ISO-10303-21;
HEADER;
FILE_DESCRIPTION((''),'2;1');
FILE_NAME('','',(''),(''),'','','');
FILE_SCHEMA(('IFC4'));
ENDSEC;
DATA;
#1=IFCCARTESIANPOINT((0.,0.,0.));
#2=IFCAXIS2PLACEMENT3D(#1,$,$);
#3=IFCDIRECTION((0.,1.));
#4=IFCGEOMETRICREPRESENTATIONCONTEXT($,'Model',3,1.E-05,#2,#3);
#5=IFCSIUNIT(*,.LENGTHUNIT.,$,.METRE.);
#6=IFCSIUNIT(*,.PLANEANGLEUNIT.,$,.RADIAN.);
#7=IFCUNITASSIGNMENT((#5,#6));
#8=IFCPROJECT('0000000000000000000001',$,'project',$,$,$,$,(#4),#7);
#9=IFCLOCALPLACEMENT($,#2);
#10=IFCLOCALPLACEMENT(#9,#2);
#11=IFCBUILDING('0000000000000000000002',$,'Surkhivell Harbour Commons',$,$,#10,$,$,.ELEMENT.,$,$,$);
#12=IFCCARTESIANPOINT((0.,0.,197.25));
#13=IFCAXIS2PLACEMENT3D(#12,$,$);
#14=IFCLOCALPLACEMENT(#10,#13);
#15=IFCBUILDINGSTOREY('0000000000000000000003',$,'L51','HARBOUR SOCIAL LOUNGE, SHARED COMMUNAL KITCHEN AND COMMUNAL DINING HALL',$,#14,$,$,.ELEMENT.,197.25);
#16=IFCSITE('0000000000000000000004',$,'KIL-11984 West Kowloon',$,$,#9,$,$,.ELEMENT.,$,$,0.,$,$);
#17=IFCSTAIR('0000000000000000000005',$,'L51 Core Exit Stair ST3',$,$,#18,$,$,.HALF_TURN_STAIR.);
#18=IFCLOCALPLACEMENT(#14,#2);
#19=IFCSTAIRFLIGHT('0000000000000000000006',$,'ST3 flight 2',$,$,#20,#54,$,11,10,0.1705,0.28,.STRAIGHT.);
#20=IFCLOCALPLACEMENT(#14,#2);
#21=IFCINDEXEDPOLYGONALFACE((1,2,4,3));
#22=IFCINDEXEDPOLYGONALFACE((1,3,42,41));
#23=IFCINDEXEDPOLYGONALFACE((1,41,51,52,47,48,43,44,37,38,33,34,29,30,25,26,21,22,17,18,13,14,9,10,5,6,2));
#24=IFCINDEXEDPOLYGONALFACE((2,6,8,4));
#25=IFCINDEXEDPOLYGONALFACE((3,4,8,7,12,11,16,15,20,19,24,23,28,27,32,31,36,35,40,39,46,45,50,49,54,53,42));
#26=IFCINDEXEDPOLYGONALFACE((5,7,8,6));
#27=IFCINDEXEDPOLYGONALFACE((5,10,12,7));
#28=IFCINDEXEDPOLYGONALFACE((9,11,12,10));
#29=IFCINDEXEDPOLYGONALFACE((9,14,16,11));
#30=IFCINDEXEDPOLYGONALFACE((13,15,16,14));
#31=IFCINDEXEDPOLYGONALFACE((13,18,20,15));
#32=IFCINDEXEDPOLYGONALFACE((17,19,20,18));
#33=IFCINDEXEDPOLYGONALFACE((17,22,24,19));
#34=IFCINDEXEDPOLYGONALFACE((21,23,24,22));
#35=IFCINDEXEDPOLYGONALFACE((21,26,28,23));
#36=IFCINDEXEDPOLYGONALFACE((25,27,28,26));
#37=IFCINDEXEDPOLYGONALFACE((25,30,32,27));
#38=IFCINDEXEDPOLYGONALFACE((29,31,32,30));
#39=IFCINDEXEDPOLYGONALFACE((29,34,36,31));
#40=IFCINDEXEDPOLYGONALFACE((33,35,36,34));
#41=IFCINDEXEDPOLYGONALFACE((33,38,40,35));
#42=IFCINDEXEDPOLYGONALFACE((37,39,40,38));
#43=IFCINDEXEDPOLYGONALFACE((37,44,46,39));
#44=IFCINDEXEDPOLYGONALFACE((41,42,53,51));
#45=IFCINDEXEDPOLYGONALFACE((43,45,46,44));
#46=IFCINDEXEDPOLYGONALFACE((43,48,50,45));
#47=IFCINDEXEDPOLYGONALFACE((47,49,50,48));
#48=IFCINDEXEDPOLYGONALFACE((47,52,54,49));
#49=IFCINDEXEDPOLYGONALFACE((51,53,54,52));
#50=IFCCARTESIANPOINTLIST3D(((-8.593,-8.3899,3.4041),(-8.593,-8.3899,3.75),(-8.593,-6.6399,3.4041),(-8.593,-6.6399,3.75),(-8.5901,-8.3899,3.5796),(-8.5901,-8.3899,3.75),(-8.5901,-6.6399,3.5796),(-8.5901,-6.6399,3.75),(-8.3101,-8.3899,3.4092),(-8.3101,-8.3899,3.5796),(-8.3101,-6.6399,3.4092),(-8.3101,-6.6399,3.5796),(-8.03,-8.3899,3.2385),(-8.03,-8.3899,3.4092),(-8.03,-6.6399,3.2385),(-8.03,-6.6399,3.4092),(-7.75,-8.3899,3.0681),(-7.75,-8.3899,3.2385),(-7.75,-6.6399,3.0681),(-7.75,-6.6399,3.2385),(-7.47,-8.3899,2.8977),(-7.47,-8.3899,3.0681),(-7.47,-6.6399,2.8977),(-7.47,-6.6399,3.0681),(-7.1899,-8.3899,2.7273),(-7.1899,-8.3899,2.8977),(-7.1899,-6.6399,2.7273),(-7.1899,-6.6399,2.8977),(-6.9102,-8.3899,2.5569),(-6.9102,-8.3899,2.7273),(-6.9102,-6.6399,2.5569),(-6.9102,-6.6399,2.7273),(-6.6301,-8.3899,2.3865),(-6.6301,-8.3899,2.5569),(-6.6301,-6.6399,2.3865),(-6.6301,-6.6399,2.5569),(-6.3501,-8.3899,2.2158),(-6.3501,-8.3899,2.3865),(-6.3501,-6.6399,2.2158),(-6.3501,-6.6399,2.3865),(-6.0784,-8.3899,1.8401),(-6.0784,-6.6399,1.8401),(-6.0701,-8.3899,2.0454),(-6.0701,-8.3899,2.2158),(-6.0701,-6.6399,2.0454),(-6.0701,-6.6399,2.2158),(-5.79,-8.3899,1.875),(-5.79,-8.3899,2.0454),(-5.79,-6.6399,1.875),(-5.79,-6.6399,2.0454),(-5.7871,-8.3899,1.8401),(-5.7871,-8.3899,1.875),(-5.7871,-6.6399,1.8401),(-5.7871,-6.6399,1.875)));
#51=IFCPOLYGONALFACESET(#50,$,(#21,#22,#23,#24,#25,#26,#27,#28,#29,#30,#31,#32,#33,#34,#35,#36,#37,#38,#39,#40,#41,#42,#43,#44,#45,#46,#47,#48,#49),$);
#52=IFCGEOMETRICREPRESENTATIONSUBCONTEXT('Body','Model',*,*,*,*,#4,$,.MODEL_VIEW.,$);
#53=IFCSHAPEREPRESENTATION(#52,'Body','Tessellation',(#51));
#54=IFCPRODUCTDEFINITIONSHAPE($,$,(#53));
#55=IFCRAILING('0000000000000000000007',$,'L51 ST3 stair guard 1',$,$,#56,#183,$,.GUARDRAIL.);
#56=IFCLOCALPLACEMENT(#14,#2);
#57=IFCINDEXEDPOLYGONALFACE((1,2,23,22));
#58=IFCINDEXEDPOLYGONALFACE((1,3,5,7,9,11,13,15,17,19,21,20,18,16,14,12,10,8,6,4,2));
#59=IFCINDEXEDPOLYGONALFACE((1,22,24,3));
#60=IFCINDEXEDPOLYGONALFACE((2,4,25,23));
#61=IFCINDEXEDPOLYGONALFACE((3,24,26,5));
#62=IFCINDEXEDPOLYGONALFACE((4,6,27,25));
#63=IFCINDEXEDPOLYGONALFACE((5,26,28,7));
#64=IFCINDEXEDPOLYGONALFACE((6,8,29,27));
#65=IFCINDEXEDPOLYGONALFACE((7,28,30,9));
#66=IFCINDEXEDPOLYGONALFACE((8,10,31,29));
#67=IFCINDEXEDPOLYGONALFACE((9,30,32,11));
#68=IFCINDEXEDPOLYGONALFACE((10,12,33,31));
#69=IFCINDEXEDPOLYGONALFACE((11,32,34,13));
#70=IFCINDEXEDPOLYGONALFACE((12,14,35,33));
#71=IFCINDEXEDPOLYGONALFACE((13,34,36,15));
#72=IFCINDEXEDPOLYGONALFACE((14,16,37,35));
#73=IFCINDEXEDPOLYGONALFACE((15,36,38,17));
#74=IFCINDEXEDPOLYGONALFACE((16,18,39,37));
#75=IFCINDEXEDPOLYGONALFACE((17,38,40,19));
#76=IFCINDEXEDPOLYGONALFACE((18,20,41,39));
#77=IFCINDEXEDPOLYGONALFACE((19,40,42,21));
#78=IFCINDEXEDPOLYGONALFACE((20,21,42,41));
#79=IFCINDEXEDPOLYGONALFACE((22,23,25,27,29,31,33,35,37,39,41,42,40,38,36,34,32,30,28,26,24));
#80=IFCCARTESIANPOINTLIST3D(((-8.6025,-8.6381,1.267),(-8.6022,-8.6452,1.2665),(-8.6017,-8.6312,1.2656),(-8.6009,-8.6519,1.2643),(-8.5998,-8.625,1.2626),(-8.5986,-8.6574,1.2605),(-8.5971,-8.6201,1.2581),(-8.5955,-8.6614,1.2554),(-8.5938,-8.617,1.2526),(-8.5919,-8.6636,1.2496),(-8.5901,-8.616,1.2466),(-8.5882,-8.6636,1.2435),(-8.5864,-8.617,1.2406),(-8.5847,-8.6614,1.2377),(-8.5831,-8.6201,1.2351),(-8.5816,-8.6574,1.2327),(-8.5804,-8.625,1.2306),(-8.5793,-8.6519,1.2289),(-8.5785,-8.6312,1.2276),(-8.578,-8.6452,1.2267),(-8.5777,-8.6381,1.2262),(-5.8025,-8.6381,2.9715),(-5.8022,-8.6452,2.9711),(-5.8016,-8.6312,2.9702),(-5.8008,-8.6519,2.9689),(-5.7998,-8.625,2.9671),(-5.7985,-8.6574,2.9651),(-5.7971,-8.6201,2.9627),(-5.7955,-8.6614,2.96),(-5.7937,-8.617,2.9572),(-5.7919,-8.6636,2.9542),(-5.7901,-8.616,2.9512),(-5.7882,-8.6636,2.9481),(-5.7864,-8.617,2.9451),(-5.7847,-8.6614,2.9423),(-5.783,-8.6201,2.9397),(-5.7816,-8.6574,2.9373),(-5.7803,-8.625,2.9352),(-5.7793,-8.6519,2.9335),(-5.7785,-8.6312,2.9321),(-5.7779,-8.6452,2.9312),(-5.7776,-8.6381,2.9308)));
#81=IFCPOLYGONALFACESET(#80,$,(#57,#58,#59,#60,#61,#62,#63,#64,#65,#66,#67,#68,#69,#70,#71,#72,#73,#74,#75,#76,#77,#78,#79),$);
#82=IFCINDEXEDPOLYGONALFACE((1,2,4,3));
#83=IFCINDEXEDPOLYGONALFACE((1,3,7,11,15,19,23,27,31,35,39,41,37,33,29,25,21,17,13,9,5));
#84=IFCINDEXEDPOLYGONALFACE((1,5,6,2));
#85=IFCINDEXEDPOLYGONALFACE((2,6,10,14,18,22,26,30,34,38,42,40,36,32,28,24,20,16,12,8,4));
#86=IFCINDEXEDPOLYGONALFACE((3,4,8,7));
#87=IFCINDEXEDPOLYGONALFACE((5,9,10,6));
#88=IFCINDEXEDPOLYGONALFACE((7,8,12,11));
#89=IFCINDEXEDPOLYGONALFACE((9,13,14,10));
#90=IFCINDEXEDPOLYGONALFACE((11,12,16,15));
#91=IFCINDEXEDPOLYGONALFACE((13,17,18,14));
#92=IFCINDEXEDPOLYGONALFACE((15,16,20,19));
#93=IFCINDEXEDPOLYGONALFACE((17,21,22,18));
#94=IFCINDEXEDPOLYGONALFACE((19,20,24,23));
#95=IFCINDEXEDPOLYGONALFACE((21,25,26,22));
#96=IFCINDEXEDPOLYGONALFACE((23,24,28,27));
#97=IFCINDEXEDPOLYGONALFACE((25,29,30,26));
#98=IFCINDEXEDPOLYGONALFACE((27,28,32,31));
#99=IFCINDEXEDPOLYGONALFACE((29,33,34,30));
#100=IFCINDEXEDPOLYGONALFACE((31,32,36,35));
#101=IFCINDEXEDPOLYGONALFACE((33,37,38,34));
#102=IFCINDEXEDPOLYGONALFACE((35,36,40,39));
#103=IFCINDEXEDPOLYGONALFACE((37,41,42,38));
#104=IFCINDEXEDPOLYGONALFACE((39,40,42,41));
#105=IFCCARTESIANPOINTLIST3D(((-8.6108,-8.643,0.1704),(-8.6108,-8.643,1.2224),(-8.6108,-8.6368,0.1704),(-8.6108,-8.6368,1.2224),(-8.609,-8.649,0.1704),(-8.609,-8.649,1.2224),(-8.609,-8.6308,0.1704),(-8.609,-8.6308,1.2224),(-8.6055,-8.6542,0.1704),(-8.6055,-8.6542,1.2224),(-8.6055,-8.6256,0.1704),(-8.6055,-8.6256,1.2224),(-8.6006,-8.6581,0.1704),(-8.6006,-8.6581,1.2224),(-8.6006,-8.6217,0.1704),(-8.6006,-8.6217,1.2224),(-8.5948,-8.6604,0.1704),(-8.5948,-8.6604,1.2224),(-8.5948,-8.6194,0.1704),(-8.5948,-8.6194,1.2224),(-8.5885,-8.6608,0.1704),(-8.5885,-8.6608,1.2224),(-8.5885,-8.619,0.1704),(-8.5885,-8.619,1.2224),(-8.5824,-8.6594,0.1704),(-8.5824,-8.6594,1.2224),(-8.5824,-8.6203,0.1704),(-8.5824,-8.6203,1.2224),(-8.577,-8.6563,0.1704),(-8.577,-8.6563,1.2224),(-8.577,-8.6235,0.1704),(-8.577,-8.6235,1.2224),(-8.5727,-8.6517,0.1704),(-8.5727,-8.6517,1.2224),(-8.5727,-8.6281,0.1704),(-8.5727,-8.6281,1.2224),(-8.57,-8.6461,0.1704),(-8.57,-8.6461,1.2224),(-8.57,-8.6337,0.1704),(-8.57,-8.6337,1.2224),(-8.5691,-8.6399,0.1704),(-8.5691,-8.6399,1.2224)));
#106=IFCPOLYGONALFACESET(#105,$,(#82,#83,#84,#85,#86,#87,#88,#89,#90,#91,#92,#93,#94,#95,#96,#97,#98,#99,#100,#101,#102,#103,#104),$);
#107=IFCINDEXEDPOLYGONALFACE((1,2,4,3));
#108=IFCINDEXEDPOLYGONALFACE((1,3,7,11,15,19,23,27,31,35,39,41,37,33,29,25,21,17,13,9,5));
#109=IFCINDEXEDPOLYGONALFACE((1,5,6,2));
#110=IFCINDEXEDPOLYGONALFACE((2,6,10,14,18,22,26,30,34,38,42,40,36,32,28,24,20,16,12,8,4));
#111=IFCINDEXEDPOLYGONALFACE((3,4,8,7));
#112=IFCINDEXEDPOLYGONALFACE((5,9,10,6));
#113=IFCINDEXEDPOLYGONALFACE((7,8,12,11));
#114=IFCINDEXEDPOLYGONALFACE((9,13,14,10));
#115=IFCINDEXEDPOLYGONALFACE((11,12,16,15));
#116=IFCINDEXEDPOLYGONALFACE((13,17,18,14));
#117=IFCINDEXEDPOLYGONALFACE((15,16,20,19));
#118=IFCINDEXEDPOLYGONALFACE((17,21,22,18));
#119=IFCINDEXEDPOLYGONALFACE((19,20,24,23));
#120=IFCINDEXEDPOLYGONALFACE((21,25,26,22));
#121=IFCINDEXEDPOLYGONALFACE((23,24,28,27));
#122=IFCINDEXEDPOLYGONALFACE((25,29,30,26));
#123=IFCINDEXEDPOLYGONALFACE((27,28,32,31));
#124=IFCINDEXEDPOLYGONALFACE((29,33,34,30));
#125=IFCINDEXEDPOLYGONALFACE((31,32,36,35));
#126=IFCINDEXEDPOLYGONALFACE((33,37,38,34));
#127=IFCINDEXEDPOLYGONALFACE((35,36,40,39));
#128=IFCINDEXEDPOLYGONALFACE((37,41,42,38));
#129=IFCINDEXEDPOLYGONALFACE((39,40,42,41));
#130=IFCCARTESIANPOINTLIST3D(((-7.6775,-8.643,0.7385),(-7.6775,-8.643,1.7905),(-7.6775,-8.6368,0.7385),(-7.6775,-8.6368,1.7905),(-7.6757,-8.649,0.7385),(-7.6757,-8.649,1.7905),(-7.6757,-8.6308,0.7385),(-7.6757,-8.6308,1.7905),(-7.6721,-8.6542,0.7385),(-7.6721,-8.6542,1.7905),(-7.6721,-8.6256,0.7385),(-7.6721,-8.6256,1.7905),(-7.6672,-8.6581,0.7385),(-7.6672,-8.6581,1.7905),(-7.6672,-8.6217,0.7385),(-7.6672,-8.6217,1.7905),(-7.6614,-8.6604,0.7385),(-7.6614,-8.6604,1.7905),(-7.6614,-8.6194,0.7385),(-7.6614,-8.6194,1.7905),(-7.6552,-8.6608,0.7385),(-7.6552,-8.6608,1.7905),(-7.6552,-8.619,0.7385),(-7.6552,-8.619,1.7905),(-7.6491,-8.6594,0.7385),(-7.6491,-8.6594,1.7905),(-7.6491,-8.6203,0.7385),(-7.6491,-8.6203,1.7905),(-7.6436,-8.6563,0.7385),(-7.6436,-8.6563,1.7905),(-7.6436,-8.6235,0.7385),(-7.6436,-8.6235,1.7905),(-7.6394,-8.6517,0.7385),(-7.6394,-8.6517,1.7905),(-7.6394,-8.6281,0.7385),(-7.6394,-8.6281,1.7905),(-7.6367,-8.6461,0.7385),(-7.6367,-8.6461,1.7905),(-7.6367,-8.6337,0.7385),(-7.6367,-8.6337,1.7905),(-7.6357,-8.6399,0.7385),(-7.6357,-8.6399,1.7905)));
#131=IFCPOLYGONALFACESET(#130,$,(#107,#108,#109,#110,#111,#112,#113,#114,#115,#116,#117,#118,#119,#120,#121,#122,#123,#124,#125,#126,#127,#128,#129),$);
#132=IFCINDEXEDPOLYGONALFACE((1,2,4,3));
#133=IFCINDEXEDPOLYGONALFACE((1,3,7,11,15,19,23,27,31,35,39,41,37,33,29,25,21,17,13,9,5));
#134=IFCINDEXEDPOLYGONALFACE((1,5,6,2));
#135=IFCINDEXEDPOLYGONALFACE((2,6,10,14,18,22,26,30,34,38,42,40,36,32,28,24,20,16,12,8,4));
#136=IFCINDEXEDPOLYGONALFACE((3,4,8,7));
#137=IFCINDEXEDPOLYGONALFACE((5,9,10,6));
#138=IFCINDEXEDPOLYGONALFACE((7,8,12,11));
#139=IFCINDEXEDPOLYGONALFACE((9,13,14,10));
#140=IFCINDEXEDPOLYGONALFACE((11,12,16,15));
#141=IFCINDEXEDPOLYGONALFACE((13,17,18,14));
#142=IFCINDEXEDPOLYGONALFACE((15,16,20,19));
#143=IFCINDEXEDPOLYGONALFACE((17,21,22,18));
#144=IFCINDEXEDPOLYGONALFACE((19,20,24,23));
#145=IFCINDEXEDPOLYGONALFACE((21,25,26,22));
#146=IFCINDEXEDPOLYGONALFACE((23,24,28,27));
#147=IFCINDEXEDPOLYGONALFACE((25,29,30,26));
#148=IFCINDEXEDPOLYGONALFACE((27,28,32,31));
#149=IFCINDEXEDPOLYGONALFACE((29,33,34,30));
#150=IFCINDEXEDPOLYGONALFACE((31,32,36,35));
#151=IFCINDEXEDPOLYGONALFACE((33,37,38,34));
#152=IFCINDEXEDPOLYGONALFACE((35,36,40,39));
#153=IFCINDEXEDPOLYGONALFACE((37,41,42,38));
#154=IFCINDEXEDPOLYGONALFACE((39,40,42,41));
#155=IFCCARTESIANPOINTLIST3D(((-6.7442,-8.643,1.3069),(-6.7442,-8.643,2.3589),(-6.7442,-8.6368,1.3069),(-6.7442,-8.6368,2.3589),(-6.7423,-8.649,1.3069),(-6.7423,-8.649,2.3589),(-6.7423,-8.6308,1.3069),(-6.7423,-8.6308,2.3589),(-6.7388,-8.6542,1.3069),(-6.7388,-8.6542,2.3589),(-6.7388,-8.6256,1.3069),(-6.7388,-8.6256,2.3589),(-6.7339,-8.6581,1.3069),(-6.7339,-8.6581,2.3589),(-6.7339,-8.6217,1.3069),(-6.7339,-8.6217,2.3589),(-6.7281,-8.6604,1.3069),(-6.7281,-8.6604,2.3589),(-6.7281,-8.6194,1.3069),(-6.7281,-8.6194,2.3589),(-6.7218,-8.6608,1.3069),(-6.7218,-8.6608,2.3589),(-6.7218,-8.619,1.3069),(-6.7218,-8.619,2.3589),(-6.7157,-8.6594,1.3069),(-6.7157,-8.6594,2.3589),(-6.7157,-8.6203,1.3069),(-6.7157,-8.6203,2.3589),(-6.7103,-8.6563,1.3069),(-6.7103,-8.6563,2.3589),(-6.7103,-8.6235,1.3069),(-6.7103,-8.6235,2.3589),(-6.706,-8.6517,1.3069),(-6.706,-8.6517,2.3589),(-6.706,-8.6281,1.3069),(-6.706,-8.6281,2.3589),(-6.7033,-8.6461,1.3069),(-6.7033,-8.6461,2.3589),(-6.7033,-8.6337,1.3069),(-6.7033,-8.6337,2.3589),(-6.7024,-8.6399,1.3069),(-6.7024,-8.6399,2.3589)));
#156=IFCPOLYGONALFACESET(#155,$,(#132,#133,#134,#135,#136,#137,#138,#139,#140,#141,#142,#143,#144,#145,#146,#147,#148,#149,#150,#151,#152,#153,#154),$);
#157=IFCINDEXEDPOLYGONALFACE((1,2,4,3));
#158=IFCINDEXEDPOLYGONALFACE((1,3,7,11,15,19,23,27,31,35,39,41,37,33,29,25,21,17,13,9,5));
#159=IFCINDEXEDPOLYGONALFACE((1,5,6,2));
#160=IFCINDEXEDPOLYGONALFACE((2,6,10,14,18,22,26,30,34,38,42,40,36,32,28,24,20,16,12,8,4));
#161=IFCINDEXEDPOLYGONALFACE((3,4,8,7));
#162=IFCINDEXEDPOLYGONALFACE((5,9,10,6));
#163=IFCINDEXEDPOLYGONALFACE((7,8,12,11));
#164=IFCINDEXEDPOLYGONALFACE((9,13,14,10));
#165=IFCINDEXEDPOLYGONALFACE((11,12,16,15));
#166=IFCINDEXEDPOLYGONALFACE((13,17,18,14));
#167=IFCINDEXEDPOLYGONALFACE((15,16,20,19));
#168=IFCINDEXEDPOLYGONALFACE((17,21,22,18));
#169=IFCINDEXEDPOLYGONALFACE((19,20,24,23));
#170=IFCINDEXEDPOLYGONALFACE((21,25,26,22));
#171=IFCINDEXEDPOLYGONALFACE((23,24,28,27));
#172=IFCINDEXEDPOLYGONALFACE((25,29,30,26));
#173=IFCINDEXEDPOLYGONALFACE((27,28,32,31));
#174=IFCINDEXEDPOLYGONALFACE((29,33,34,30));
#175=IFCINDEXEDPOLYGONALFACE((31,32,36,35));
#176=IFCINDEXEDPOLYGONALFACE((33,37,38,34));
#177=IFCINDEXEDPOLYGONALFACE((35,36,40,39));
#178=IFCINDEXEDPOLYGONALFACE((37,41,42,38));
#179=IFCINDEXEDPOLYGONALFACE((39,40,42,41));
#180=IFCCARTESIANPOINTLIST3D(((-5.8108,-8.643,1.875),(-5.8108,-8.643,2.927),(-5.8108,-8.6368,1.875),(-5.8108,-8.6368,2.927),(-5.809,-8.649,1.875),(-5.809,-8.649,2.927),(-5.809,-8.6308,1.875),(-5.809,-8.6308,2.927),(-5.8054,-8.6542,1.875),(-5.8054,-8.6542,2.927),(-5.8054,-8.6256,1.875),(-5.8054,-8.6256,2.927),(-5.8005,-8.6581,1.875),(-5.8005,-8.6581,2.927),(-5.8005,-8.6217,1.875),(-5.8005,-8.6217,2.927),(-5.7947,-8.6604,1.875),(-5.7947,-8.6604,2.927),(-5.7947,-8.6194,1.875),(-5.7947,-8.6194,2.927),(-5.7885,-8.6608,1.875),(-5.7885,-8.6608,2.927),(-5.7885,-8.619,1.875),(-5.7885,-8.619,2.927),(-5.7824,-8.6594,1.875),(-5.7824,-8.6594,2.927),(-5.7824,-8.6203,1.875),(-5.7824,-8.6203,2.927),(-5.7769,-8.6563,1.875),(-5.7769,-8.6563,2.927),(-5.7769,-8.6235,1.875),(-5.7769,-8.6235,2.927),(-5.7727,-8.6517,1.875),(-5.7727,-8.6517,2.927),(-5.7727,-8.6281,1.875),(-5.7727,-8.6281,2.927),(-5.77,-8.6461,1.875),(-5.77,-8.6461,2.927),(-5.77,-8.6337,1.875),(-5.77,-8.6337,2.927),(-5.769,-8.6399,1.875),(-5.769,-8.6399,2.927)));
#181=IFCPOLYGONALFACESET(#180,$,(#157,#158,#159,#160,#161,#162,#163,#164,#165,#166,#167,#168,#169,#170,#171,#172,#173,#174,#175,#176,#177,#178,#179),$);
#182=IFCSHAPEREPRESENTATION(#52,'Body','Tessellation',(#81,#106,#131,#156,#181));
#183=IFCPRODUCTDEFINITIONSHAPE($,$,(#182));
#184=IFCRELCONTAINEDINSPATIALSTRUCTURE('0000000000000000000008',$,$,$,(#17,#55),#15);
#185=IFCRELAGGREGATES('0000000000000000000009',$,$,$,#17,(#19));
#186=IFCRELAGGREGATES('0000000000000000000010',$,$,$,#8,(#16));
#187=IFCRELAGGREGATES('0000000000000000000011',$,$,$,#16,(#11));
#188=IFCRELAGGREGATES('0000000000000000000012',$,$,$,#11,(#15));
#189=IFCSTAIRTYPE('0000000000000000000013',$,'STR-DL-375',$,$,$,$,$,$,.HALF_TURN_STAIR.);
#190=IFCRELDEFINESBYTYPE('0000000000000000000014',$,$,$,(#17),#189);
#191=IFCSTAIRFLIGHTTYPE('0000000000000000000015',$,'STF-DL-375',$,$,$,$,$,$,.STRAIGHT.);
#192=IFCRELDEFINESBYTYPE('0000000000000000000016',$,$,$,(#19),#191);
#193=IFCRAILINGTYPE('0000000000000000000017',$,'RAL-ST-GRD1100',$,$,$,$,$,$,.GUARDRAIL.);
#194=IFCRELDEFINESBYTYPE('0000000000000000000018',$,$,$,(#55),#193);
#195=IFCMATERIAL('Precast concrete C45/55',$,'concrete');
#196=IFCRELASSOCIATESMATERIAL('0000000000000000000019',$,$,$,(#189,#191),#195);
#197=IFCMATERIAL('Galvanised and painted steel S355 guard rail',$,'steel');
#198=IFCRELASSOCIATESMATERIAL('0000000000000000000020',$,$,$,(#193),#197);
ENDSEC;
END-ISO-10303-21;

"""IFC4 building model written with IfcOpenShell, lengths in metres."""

from ifc_helpers import new_model, si_unit, direction, frame, origin, origin_2d, place, context, subcontext, project, spatial, polyline, circle, outline, extrude, material, type_object, element, aggregate, save


model = new_model("IFC4")

# Units and contexts
model_context = context("Model", 3, precision=1e-05, world=origin(), true_north=direction((0.0, 1.0)))
body_context = subcontext(model_context, "Body", "Model", "MODEL_VIEW")
ifc_project = project(units=[si_unit("LENGTHUNIT", "METRE"), si_unit("PLANEANGLEUNIT", "RADIAN")], contexts=[model_context])

# Site, building, storey
site_placement = place(None, origin())
site = spatial("IfcSite", under=ifc_project, at=site_placement, Name="KIL-11984 West Kowloon", CompositionType="ELEMENT", RefElevation=0.0)
building_placement = place(site_placement, origin())
building = spatial("IfcBuilding", under=site, at=building_placement, Name="Surkhivell Harbour Commons", CompositionType="ELEMENT")
storey_placement = place(building_placement, frame((0.0, 0.0, 197.25)))
storey = spatial("IfcBuildingStorey", under=building, at=storey_placement, Name="L51", Description="HARBOUR SOCIAL LOUNGE, SHARED COMMUNAL KITCHEN AND COMMUNAL DINING HALL", CompositionType="ELEMENT", Elevation=197.25)

# Stair, stair flight
ifc_material_1 = material(Name="Precast concrete C45/55", Category="concrete")
stair_type = type_object("IfcStairType", Name="STR-DL-375", PredefinedType="HALF_TURN_STAIR", material=ifc_material_1)
stair_placement = place(storey_placement, origin())
stair = element("IfcStair", 1, at=stair_placement, inside=storey, type_object=stair_type, Name="L51 Core Exit Stair ST3", PredefinedType="HALF_TURN_STAIR")
stair_flight_type = type_object("IfcStairFlightType", Name="STF-DL-375", PredefinedType="STRAIGHT", material=ifc_material_1)
stair_flight_1_placement = place(storey_placement, frame((-5.79, -7.5149, 1.875), z_axis=(0.0, 0.0, 1.0), x_axis=(-1.0, 0.0, 0.0)))
stair_flight_1 = element("IfcStairFlight", 2, at=stair_flight_1_placement, type_object=stair_flight_type, Name="ST3 flight 2", NumberOfRisers=11, NumberOfTreads=10, PredefinedType="STRAIGHT", RiserHeight=0.1705, TreadLength=0.28, context=body_context, shape_type="SweptSolid", body=[
    extrude(outline(polyline([(-0.0029, -0.0349), (-0.0029, 0.0), (0.0, 0.0), (0.0, 0.1704), (0.28, 0.1704), (0.28, 0.3408), (0.5601, 0.3408), (0.5601, 0.5115), (0.8401, 0.5115), (0.8401, 0.6819), (1.1201, 0.6819), (1.1201, 0.8523), (1.3999, 0.8523), (1.3999, 1.0227), (1.6799, 1.0227), (1.6799, 1.1931), (1.96, 1.1931), (1.96, 1.3635), (2.24, 1.3635), (2.24, 1.5342), (2.52, 1.5342), (2.52, 1.7046), (2.8, 1.7046), (2.8, 1.875), (2.803, 1.875), (2.803, 1.5291), (0.2883, -0.0349), (-0.0029, -0.0349)])), frame((0.0, 0.875, 0.0), z_axis=(0.0, -1.0, 0.0), x_axis=(1.0, 0.0, 0.0)), (0.0, 0.0, 1.0), 1.75),
])
aggregate(stair, [stair_flight_1])

# Railing
ifc_material_2 = material(Name="Galvanised and painted steel S355 guard rail", Category="steel")
railing_type_1 = type_object("IfcRailingType", Name="RAL-ST-GRD1100", PredefinedType="GUARDRAIL", material=ifc_material_2)
railing_1_placement = place(storey_placement, frame((-8.5901, -8.6399, 0.1704)))
element("IfcRailing", 3, at=railing_1_placement, inside=storey, type_object=railing_type_1, Name="L51 ST3 stair guard 1", PredefinedType="GUARDRAIL", context=body_context, shape_type="SweptSolid", body=[
    extrude(circle(Radius=0.0239, at=origin_2d()), frame((0.0, 0.0, 1.0762), z_axis=(0.85417, 0.0, 0.519994), x_axis=(0.0, 1.0, 0.0)), (0.0, 0.0, 1.0), 3.2781),
    extrude(circle(Radius=0.021, at=origin_2d()), origin(), (0.0, 0.0, 1.0), 1.052),
    extrude(circle(Radius=0.021, at=origin_2d()), frame((0.9333, 0.0, 0.5681)), (0.0, 0.0, 1.0), 1.052),
    extrude(circle(Radius=0.021, at=origin_2d()), frame((1.8667, 0.0, 1.1365)), (0.0, 0.0, 1.0), 1.052),
    extrude(circle(Radius=0.021, at=origin_2d()), frame((2.8, 0.0, 1.7046)), (0.0, 0.0, 1.0), 1.052),
])

save(model, "model.ifc")
